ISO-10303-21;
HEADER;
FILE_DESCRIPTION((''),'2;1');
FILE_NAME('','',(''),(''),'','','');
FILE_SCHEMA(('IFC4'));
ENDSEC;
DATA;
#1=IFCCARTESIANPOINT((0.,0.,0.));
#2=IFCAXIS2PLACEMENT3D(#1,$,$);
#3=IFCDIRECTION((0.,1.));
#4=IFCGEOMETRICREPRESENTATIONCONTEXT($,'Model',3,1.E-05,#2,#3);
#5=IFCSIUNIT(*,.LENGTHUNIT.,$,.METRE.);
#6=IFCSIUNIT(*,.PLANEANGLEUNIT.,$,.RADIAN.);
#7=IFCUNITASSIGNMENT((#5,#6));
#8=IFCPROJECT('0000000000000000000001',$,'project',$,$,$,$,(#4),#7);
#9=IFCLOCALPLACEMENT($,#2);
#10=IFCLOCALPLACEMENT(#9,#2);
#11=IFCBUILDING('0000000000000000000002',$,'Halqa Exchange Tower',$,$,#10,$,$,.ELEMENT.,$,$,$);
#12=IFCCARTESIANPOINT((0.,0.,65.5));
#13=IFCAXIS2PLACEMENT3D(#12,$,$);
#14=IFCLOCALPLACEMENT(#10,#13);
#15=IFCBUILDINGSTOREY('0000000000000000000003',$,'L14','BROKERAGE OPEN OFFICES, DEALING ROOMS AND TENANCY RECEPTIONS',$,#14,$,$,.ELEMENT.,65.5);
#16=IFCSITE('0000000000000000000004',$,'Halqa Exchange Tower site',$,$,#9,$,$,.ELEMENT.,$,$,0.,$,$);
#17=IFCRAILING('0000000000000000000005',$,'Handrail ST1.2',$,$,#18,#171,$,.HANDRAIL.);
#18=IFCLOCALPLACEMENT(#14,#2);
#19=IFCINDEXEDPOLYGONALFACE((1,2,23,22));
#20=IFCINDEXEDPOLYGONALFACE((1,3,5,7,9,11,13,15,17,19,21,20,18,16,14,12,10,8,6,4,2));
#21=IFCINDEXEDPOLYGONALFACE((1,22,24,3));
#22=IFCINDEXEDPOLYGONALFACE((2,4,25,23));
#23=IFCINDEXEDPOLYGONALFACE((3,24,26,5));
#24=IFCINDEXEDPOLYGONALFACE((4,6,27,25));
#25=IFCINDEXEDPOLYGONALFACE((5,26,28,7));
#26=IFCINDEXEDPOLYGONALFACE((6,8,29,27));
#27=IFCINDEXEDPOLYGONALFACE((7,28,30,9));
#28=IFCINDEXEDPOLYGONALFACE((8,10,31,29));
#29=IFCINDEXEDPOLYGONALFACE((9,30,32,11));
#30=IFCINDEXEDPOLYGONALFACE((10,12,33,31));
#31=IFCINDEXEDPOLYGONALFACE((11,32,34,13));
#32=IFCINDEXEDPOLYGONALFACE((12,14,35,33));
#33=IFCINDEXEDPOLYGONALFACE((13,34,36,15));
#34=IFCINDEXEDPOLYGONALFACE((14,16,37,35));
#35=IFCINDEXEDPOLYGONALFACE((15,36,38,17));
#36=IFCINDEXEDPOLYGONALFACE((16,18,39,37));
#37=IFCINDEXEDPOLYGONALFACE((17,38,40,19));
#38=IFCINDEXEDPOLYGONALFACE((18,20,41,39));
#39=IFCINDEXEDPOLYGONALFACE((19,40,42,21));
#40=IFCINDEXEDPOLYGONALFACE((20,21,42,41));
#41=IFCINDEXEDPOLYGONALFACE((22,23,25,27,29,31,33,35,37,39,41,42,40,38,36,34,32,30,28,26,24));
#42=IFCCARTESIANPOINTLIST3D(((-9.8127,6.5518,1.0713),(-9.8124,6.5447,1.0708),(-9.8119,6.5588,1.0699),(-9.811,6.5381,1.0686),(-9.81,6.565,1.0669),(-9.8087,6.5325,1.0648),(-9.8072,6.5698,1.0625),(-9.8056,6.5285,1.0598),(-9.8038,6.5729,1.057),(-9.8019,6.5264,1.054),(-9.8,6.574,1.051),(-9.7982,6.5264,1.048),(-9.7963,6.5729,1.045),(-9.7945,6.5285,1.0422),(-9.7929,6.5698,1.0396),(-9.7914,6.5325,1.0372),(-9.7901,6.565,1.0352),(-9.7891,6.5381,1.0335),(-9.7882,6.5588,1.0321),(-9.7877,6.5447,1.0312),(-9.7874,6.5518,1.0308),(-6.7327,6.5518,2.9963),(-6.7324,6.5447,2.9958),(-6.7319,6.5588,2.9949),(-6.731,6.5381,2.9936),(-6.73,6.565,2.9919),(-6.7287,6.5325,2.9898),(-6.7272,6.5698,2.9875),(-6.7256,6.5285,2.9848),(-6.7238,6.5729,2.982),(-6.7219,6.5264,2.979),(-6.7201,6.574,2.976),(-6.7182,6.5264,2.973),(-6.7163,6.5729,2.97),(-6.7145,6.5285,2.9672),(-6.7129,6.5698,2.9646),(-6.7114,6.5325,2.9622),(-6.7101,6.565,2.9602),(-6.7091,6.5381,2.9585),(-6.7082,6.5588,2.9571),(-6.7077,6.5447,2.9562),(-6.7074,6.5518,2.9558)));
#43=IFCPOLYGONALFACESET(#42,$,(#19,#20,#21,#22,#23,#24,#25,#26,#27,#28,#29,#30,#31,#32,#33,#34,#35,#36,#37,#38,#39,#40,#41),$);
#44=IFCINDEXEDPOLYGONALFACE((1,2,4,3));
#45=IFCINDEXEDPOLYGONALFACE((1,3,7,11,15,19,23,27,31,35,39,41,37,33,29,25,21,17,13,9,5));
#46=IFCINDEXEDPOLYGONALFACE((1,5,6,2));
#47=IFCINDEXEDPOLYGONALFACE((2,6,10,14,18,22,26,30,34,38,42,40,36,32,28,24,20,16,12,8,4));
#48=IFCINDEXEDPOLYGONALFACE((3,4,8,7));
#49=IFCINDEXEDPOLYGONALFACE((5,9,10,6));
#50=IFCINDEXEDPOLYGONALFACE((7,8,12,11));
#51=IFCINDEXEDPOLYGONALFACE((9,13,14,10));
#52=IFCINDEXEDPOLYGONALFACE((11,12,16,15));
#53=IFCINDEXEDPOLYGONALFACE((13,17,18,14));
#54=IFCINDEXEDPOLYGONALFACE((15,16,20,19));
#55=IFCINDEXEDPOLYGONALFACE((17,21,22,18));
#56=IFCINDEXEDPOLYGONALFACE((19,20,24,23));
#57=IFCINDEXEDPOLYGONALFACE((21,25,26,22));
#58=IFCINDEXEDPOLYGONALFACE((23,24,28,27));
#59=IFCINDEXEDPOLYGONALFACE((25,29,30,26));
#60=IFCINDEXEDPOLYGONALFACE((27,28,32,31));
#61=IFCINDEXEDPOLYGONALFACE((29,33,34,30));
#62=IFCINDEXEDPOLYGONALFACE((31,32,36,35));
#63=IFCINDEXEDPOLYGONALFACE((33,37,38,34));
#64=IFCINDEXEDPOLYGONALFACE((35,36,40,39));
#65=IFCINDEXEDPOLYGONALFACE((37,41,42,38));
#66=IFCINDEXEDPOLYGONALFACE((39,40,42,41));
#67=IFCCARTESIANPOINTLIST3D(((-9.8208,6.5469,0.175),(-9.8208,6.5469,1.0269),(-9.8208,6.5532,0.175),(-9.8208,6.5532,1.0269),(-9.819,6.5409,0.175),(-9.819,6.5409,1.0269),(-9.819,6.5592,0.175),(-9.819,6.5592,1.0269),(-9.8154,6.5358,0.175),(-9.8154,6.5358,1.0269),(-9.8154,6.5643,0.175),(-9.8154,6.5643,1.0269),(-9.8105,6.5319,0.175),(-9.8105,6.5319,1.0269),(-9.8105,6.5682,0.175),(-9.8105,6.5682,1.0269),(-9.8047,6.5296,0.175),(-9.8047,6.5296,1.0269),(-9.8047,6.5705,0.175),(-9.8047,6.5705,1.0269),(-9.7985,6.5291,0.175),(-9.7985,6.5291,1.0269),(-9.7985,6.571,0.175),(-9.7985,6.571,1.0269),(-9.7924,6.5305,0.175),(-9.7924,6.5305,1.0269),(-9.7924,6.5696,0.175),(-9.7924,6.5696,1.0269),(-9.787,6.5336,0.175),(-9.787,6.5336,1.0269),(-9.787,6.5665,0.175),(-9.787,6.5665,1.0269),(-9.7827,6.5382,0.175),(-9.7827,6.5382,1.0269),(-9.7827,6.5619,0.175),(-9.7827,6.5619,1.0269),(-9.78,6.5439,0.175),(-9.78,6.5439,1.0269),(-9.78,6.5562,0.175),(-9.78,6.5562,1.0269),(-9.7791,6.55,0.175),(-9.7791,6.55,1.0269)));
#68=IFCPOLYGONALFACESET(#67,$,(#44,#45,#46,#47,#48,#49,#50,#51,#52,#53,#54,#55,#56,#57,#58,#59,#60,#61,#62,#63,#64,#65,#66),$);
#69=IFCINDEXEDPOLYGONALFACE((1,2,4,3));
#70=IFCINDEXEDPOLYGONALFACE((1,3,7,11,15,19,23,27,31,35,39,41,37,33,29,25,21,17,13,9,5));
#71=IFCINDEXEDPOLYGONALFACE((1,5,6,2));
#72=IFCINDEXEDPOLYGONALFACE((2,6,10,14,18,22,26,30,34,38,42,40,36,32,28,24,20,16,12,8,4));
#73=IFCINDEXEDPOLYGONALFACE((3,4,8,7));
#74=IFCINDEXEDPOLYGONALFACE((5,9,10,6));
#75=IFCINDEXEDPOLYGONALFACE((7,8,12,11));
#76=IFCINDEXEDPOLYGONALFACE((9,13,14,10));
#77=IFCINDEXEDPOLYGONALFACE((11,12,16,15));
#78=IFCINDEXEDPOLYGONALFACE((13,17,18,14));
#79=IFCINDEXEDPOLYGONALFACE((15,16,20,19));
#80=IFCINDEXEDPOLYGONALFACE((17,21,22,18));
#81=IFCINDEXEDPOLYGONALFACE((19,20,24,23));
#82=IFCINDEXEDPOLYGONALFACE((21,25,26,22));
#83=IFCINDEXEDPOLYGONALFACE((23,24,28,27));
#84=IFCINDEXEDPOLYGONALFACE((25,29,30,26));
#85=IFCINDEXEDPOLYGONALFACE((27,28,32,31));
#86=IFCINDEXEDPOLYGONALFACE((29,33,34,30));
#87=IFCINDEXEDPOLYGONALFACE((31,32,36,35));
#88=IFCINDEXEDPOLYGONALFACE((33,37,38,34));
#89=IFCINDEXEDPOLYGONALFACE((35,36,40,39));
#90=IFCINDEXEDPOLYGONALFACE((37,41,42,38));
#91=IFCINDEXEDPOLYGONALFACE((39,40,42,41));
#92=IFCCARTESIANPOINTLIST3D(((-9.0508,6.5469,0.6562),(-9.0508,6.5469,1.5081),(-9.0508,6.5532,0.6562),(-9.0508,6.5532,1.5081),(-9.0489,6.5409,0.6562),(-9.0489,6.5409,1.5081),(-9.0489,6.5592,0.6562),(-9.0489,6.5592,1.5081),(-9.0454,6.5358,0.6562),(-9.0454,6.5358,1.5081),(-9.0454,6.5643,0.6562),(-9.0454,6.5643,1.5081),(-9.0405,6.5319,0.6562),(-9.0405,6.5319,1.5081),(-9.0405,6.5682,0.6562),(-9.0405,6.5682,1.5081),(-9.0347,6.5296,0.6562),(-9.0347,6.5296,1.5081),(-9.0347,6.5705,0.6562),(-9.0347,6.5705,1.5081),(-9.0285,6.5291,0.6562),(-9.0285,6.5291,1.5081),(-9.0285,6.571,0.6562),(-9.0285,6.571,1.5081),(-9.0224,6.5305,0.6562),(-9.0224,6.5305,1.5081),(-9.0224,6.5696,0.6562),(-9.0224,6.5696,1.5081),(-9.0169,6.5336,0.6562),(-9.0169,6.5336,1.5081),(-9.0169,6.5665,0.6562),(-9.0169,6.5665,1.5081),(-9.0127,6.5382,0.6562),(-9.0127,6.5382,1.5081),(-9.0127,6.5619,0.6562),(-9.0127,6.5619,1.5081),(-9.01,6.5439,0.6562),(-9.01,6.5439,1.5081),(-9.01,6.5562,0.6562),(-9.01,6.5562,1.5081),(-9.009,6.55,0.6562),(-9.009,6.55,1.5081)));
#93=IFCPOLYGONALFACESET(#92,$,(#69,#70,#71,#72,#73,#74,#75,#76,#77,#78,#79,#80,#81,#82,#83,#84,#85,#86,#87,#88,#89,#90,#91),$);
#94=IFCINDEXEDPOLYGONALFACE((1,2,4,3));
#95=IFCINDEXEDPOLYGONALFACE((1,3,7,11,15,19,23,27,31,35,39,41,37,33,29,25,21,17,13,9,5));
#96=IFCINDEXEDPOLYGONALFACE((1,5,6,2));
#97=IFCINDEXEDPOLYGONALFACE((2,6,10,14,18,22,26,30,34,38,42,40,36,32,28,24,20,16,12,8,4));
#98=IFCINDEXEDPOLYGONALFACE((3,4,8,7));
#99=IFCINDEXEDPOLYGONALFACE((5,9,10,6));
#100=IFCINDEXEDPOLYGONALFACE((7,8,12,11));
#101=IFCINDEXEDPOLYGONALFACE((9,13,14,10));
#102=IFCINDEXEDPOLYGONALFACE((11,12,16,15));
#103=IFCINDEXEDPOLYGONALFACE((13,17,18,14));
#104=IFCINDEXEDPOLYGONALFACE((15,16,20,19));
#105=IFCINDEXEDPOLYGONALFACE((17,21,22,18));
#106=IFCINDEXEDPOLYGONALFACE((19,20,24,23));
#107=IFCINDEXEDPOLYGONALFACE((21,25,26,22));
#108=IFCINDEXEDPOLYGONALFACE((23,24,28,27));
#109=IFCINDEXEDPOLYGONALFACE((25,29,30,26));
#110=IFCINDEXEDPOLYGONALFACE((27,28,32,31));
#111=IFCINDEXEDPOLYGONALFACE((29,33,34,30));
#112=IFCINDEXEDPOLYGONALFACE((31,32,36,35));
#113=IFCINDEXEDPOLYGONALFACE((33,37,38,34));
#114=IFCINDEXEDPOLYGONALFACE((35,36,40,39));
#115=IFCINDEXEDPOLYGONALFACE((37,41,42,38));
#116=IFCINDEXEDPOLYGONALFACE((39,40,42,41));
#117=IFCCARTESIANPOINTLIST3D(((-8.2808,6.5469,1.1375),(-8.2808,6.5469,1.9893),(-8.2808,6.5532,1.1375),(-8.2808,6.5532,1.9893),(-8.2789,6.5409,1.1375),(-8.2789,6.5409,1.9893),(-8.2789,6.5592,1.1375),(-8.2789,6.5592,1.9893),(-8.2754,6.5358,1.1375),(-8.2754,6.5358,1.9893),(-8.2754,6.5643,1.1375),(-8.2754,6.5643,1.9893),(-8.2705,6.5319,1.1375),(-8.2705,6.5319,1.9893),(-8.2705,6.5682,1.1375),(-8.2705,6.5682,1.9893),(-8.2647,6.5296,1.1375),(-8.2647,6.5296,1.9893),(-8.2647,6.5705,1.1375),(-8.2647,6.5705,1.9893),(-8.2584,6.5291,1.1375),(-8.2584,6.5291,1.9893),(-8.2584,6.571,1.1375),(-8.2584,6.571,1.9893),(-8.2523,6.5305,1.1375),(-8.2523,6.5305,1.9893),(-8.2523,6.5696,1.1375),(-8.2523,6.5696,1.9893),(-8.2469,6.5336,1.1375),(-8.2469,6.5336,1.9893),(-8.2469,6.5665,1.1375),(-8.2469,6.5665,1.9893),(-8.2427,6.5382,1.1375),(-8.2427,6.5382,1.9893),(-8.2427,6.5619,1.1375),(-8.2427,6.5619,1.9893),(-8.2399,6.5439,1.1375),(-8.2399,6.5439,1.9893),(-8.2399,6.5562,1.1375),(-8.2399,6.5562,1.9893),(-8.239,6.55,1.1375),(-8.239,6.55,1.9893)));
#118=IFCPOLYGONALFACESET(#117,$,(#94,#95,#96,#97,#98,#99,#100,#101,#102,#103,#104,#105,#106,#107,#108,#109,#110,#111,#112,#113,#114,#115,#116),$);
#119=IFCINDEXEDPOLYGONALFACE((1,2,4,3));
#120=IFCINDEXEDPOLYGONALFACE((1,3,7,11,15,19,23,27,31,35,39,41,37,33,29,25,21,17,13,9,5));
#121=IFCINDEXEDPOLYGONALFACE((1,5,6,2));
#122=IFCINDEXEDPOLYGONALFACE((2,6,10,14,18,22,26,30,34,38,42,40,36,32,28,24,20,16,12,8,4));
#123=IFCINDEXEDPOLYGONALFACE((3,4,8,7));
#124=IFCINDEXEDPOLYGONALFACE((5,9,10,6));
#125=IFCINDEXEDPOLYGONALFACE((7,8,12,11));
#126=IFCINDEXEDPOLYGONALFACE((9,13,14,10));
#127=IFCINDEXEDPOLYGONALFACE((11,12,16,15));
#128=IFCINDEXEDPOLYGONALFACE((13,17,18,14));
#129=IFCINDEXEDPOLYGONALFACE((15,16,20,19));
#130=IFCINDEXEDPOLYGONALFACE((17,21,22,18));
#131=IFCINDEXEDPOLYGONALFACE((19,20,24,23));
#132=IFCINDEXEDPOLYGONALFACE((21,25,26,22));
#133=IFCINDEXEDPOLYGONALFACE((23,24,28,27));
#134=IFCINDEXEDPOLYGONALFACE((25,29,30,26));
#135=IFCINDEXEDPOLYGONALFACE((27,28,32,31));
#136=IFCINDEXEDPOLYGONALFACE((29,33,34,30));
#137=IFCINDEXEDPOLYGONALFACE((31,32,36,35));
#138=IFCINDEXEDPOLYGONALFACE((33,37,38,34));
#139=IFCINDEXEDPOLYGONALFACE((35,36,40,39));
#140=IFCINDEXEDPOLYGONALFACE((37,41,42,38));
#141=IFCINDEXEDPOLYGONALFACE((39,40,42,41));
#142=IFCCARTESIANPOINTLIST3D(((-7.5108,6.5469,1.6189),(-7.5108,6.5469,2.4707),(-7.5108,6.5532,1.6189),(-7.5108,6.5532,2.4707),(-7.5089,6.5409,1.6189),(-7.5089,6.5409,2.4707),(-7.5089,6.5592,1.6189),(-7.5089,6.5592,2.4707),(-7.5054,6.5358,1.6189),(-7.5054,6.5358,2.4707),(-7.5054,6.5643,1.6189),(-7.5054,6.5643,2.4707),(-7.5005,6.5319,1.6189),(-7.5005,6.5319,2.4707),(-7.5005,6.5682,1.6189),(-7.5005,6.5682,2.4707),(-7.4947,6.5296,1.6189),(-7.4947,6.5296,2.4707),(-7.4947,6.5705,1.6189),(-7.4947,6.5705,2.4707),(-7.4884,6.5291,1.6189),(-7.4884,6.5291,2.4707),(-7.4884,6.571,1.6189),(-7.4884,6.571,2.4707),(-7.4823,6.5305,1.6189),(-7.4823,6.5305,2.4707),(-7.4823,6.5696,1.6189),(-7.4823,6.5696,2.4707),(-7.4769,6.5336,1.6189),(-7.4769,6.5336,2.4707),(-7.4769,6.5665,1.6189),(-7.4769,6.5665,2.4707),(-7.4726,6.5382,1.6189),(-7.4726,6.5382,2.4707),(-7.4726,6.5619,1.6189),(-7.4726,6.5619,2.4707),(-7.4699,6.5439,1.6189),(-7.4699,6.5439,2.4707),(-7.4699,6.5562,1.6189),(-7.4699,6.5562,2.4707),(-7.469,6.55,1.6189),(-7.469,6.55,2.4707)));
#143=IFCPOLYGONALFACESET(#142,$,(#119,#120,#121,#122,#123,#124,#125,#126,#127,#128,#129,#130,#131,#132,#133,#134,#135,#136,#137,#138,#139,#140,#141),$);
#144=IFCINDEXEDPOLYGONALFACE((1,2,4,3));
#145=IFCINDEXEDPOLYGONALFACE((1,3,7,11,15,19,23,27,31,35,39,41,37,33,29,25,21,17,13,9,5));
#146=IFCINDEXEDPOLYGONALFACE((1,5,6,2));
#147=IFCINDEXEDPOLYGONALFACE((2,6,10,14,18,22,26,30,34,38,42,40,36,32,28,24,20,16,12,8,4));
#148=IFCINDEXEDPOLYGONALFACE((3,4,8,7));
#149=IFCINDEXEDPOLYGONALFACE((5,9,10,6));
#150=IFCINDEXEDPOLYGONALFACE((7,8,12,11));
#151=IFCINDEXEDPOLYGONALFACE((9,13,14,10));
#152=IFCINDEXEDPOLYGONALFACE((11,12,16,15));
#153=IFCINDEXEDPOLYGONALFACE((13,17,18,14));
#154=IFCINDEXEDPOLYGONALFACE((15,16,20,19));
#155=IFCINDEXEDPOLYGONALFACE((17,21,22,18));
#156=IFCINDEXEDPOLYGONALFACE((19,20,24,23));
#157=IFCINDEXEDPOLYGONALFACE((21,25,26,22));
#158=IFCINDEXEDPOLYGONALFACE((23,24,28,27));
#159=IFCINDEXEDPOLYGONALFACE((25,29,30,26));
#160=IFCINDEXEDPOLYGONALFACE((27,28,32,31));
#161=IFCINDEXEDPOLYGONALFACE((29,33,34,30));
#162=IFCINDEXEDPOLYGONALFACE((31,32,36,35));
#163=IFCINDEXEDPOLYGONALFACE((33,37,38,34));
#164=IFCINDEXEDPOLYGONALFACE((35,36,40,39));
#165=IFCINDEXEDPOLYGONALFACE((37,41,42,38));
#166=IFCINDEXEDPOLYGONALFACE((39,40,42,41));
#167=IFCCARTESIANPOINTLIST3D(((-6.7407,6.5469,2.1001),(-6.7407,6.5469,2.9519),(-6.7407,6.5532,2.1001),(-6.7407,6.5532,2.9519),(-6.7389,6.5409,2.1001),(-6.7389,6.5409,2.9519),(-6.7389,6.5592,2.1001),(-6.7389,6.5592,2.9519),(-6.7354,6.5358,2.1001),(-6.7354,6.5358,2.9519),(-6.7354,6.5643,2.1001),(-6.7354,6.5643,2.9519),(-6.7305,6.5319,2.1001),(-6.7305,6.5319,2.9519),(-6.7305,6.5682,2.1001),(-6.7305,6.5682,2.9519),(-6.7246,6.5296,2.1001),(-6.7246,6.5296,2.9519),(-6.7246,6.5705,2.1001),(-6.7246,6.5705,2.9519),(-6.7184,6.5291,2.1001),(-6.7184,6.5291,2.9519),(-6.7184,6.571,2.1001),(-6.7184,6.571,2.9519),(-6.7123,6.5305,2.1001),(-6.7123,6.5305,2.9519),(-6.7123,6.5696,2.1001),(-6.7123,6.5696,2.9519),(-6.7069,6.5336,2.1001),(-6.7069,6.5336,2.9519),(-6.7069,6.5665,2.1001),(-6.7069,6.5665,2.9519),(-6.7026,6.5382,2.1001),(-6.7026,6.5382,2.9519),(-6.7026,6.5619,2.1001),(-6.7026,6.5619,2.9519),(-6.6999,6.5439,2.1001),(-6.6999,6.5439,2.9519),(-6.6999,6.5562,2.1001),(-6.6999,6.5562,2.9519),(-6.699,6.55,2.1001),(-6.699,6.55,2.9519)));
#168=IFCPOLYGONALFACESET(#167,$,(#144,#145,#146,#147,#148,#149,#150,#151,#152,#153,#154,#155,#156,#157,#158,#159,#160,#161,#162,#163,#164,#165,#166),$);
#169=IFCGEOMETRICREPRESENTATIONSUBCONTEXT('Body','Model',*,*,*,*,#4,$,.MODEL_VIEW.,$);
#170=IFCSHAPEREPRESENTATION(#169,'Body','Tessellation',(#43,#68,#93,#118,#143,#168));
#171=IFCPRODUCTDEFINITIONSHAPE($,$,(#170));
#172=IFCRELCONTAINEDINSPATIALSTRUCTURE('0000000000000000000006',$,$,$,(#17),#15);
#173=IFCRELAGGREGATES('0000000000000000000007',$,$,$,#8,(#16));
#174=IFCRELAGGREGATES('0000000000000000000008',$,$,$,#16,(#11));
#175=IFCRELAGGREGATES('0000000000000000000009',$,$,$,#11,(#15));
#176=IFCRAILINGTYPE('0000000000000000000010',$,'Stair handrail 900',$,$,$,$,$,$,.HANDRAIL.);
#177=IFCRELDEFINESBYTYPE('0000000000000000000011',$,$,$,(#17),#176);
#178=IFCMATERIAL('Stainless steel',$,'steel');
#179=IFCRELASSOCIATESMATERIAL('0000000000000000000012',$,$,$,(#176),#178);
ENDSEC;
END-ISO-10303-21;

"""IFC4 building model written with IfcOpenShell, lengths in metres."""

from ifc_helpers import new_model, si_unit, direction, frame, origin, origin_2d, place, context, subcontext, project, spatial, circle, extrude, material, type_object, element, save


model = new_model("IFC4")

# Units and contexts
model_context = context("Model", 3, precision=1e-05, world=origin(), true_north=direction((0.0, 1.0)))
body_context = subcontext(model_context, "Body", "Model", "MODEL_VIEW")
ifc_project = project(units=[si_unit("LENGTHUNIT", "METRE"), si_unit("PLANEANGLEUNIT", "RADIAN")], contexts=[model_context])

# Site, building, storey
site_placement = place(None, origin())
site = spatial("IfcSite", under=ifc_project, at=site_placement, Name="Halqa Exchange Tower site", CompositionType="ELEMENT", RefElevation=0.0)
building_placement = place(site_placement, origin())
building = spatial("IfcBuilding", under=site, at=building_placement, Name="Halqa Exchange Tower", CompositionType="ELEMENT")
storey_placement = place(building_placement, frame((0.0, 0.0, 65.5)))
storey = spatial("IfcBuildingStorey", under=building, at=storey_placement, Name="L14", Description="BROKERAGE OPEN OFFICES, DEALING ROOMS AND TENANCY RECEPTIONS", CompositionType="ELEMENT", Elevation=65.5)

# Shared definitions
ifc_material_1 = material(Name="Stainless steel", Category="steel")

# Railing
railing_type_1 = type_object("IfcRailingType", Name="Stair handrail 900", PredefinedType="HANDRAIL", material=ifc_material_1)
railing_1_placement = place(storey_placement, frame((-9.8, 6.55, 0.175)))
element("IfcRailing", 1, at=railing_1_placement, inside=storey, type_object=railing_type_1, Name="Handrail ST1.2", PredefinedType="HANDRAIL", context=body_context, shape_type="SweptSolid", body=[
    extrude(circle(Radius=0.0239, at=origin_2d()), frame((0.0, 0.0, 0.876), z_axis=(0.847998, 0.0, 0.529999), x_axis=(0.0, 1.0, 0.0)), (0.0, 0.0, 1.0), 3.6321),
    extrude(circle(Radius=0.021, at=origin_2d()), origin(), (0.0, 0.0, 1.0), 0.8518),
    extrude(circle(Radius=0.021, at=origin_2d()), frame((0.77, 0.0, 0.4812)), (0.0, 0.0, 1.0), 0.8518),
    extrude(circle(Radius=0.021, at=origin_2d()), frame((1.54, 0.0, 0.9624)), (0.0, 0.0, 1.0), 0.8518),
    extrude(circle(Radius=0.021, at=origin_2d()), frame((2.3101, 0.0, 1.4438)), (0.0, 0.0, 1.0), 0.8518),
    extrude(circle(Radius=0.021, at=origin_2d()), frame((3.0801, 0.0, 1.925)), (0.0, 0.0, 1.0), 0.8518),
])

save(model, "model.ifc")
